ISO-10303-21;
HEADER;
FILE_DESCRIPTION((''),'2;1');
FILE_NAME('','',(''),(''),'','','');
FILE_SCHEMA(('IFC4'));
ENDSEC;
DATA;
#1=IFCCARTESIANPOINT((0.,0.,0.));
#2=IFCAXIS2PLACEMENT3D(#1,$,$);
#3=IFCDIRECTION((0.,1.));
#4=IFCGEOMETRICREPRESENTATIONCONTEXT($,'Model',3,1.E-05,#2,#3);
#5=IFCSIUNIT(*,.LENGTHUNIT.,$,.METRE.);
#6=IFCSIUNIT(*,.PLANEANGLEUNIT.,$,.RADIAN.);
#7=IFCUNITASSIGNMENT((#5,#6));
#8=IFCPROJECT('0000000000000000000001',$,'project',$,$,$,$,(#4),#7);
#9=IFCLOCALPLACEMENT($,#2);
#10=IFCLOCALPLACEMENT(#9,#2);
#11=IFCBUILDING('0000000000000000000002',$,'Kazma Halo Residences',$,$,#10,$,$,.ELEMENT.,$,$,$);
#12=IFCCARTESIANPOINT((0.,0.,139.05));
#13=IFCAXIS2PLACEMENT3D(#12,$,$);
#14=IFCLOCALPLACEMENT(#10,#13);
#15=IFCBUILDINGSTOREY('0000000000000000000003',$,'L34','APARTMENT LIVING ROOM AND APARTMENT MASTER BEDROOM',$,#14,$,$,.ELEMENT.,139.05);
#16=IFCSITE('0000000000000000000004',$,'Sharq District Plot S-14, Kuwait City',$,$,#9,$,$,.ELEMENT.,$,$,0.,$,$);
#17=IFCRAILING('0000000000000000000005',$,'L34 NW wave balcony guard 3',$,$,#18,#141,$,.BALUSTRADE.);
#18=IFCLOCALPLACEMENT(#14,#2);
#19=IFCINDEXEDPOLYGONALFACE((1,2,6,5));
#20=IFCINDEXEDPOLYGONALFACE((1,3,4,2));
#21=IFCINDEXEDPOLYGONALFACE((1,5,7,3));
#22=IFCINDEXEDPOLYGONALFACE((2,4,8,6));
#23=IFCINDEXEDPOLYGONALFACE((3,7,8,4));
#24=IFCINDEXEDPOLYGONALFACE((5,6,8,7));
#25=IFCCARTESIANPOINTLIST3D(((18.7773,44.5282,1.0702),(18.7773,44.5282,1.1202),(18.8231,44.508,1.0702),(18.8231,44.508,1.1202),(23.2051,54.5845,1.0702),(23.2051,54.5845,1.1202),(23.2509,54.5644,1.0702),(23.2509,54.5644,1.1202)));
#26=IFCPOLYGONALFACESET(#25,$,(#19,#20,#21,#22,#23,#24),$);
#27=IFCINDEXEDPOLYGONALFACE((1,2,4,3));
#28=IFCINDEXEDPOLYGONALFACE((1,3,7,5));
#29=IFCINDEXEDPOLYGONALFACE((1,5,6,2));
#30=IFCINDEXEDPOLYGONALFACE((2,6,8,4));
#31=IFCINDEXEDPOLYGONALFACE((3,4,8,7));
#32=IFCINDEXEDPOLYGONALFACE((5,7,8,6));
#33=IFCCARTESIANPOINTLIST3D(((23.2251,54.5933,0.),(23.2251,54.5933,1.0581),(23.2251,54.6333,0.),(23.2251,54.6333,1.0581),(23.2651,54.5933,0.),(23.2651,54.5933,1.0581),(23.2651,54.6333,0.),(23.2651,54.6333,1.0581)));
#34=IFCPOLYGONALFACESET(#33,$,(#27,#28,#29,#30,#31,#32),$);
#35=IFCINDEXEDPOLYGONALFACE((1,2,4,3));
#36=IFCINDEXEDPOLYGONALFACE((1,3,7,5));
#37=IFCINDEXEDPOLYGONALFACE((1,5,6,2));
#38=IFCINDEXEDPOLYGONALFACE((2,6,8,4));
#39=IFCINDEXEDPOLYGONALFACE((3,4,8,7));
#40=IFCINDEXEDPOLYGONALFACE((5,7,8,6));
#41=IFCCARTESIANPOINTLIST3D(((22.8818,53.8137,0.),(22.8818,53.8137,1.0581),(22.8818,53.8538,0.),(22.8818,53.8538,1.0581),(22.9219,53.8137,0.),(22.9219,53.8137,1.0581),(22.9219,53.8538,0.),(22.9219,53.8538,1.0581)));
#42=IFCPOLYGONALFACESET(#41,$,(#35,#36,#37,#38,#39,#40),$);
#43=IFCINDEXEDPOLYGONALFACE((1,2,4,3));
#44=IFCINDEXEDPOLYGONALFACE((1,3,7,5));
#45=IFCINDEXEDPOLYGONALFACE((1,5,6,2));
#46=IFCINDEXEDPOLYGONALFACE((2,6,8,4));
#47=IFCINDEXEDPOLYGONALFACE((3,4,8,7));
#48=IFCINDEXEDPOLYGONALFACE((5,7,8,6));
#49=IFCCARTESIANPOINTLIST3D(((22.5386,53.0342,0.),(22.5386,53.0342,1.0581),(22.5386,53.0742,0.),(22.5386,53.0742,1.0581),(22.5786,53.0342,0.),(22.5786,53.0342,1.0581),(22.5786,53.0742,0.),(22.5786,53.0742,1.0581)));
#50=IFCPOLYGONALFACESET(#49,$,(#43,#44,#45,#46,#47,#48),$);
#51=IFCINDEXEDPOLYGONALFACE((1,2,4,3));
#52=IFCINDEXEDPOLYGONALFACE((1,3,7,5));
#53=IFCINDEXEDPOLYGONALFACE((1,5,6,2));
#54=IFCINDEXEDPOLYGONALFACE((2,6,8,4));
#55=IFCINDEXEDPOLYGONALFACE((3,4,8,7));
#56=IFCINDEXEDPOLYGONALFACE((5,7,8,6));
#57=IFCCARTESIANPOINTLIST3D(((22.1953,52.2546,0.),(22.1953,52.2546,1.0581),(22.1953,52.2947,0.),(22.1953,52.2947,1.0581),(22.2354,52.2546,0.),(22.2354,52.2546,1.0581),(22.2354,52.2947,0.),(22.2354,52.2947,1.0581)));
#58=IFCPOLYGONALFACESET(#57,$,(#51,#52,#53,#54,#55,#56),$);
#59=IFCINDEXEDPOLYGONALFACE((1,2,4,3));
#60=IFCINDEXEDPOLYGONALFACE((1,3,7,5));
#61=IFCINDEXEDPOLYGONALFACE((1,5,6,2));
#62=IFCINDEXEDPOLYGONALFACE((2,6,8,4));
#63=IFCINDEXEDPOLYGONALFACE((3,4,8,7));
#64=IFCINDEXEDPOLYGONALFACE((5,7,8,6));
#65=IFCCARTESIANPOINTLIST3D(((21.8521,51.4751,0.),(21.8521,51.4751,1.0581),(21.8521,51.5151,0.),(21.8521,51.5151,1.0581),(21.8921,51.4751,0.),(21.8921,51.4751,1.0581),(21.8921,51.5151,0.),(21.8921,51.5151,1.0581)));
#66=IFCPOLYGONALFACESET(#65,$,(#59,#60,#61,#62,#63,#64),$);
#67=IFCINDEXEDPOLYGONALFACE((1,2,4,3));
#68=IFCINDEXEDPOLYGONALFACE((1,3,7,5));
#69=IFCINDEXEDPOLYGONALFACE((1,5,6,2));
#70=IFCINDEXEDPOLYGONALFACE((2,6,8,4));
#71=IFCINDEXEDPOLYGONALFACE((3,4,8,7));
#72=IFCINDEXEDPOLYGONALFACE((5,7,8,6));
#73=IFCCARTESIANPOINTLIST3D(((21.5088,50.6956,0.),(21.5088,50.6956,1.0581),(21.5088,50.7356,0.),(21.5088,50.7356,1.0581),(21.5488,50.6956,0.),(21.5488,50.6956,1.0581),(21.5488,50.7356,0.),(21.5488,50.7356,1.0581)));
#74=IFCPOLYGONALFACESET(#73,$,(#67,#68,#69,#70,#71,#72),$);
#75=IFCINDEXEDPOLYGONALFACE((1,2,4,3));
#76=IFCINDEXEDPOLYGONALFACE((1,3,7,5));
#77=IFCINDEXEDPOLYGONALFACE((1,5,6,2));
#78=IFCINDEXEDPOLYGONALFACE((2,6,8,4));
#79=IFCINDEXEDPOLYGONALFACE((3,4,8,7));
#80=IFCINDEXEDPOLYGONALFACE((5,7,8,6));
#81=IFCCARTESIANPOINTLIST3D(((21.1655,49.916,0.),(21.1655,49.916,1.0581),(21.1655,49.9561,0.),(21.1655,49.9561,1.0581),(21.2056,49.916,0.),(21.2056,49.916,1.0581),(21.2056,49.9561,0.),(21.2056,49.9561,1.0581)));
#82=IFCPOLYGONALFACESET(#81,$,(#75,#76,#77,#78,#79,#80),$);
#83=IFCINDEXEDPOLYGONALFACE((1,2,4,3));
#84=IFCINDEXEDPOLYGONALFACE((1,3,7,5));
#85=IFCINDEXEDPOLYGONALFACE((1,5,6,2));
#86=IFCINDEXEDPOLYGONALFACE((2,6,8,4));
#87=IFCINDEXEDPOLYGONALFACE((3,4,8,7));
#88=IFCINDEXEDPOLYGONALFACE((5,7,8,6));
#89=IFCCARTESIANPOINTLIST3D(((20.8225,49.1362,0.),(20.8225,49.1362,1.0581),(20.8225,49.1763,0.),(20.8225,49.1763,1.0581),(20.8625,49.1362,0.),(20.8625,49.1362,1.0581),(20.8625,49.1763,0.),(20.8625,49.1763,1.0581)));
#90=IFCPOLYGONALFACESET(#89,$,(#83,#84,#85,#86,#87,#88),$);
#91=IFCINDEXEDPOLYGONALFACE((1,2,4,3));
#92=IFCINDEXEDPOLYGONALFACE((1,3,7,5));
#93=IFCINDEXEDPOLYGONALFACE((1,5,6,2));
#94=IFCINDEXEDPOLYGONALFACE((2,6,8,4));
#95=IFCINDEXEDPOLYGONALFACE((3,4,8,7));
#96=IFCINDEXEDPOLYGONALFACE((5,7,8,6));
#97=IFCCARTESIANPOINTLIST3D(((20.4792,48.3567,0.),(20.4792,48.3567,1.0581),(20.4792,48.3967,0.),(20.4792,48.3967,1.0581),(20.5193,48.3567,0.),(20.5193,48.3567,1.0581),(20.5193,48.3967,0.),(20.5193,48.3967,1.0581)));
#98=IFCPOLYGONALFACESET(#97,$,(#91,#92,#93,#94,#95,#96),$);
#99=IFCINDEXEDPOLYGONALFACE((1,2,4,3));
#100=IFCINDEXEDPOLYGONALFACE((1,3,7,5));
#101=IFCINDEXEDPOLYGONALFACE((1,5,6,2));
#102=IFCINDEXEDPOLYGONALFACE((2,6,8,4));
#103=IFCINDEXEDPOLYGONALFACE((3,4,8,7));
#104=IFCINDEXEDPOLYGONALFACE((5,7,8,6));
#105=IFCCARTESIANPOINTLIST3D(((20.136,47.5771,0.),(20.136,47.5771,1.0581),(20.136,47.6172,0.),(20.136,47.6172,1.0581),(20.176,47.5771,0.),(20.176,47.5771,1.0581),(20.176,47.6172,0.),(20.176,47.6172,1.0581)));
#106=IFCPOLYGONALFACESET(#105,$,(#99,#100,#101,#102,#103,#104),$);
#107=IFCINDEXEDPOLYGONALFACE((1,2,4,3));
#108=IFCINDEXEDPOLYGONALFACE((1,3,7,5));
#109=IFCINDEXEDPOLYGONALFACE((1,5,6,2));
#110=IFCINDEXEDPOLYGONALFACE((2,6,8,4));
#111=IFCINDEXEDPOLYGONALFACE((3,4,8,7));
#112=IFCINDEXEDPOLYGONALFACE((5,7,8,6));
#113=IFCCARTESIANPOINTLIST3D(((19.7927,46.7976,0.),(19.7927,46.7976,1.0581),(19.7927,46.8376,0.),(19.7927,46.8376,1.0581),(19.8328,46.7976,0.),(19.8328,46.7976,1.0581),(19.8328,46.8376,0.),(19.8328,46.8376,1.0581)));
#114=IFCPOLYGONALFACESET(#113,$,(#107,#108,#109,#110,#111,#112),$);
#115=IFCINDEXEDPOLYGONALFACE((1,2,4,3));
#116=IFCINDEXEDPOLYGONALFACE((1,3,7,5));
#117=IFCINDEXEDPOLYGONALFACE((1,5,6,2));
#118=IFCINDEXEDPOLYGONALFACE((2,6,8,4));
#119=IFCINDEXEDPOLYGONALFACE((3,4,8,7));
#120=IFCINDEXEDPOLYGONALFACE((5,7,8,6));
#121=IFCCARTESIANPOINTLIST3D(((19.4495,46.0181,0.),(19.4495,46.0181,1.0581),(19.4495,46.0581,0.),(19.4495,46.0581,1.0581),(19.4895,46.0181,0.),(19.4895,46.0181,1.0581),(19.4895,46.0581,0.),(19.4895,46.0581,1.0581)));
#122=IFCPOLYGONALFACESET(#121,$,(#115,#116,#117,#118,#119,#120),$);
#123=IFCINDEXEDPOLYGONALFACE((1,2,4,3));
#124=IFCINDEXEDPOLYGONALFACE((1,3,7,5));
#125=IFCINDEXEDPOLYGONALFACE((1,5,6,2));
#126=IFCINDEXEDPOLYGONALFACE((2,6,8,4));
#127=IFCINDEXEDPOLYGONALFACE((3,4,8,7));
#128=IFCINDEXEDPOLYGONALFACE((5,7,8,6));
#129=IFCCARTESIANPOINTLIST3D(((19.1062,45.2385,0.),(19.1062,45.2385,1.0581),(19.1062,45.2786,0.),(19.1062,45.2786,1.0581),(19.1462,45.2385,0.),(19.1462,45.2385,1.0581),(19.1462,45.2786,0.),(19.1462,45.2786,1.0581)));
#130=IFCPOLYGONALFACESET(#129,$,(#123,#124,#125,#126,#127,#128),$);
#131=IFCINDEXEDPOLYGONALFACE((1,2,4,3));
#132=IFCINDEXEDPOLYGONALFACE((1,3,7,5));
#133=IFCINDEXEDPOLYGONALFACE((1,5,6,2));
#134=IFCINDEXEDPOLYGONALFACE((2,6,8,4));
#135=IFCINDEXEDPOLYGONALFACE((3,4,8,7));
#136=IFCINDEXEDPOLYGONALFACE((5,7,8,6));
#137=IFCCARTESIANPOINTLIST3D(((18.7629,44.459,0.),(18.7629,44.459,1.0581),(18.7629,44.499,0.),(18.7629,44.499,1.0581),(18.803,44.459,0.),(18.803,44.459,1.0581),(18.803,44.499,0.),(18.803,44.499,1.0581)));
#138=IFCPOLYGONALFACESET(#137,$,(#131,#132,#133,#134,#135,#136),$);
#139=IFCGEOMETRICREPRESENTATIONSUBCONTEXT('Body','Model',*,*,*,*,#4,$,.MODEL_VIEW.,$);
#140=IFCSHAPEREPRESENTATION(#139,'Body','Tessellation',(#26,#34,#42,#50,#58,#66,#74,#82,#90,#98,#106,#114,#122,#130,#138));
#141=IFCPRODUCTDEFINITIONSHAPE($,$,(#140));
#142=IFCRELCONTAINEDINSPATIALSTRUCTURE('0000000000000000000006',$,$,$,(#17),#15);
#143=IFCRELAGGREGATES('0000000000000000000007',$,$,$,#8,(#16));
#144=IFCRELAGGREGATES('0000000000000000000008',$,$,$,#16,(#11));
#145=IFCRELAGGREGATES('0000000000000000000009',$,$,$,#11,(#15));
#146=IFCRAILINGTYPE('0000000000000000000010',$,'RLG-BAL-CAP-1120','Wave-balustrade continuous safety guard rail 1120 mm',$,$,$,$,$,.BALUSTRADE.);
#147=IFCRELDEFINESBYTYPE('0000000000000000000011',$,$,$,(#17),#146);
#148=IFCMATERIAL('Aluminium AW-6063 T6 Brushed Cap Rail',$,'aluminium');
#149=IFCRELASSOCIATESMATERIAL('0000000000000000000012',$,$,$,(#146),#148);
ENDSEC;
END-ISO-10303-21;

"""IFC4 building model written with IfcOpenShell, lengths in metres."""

from ifc_helpers import new_model, si_unit, direction, frame, origin, origin_2d, place, context, subcontext, project, spatial, rectangle, extrude, material, type_object, element, save


model = new_model("IFC4")

# Units and contexts
model_context = context("Model", 3, precision=1e-05, world=origin(), true_north=direction((0.0, 1.0)))
body_context = subcontext(model_context, "Body", "Model", "MODEL_VIEW")
ifc_project = project(units=[si_unit("LENGTHUNIT", "METRE"), si_unit("PLANEANGLEUNIT", "RADIAN")], contexts=[model_context])

# Site, building, storey
site_placement = place(None, origin())
site = spatial("IfcSite", under=ifc_project, at=site_placement, Name="Sharq District Plot S-14, Kuwait City", CompositionType="ELEMENT", RefElevation=0.0)
building_placement = place(site_placement, origin())
building = spatial("IfcBuilding", under=site, at=building_placement, Name="Kazma Halo Residences", CompositionType="ELEMENT")
storey_placement = place(building_placement, frame((0.0, 0.0, 139.05)))
storey = spatial("IfcBuildingStorey", under=building, at=storey_placement, Name="L34", Description="APARTMENT LIVING ROOM AND APARTMENT MASTER BEDROOM", CompositionType="ELEMENT", Elevation=139.05)

# Railing
ifc_material_1 = material(Name="Aluminium AW-6063 T6 Brushed Cap Rail", Category="aluminium")
railing_type = type_object("IfcRailingType", Name="RLG-BAL-CAP-1120", Description="Wave-balustrade continuous safety guard rail 1120 mm", PredefinedType="BALUSTRADE", material=ifc_material_1)
railing_1_placement = place(storey_placement, frame((23.2451, 54.6133, 0.0)))
element("IfcRailing", 1, at=railing_1_placement, inside=storey, type_object=railing_type, Name="L34 NW wave balcony guard 3", PredefinedType="BALUSTRADE", context=body_context, shape_type="SweptSolid", body=[
    extrude(rectangle(XDim=0.05, YDim=0.05, at=origin_2d()), frame((-0.0171, -0.0388, 1.0952), z_axis=(-0.402971, -0.915213, 0.0), x_axis=(0.915213, -0.402971, 0.0)), (0.0, 0.0, 1.0), 10.988),
    extrude(rectangle(XDim=0.04, YDim=0.04, at=origin_2d()), origin(), (0.0, 0.0, 1.0), 1.0581),
    extrude(rectangle(XDim=0.04, YDim=0.04, at=origin_2d()), frame((-0.3433, -0.7795, 0.0)), (0.0, 0.0, 1.0), 1.0581),
    extrude(rectangle(XDim=0.04, YDim=0.04, at=origin_2d()), frame((-0.6865, -1.5591, 0.0)), (0.0, 0.0, 1.0), 1.0581),
    extrude(rectangle(XDim=0.04, YDim=0.04, at=origin_2d()), frame((-1.0298, -2.3386, 0.0)), (0.0, 0.0, 1.0), 1.0581),
    extrude(rectangle(XDim=0.04, YDim=0.04, at=origin_2d()), frame((-1.373, -3.1182, 0.0)), (0.0, 0.0, 1.0), 1.0581),
    extrude(rectangle(XDim=0.04, YDim=0.04, at=origin_2d()), frame((-1.7163, -3.8977, 0.0)), (0.0, 0.0, 1.0), 1.0581),
    extrude(rectangle(XDim=0.04, YDim=0.04, at=origin_2d()), frame((-2.0596, -4.6772, 0.0)), (0.0, 0.0, 1.0), 1.0581),
    extrude(rectangle(XDim=0.04, YDim=0.04, at=origin_2d()), frame((-2.4026, -5.457, 0.0)), (0.0, 0.0, 1.0), 1.0581),
    extrude(rectangle(XDim=0.04, YDim=0.04, at=origin_2d()), frame((-2.7458, -6.2366, 0.0)), (0.0, 0.0, 1.0), 1.0581),
    extrude(rectangle(XDim=0.04, YDim=0.04, at=origin_2d()), frame((-3.0891, -7.0161, 0.0)), (0.0, 0.0, 1.0), 1.0581),
    extrude(rectangle(XDim=0.04, YDim=0.04, at=origin_2d()), frame((-3.4324, -7.7957, 0.0)), (0.0, 0.0, 1.0), 1.0581),
    extrude(rectangle(XDim=0.04, YDim=0.04, at=origin_2d()), frame((-3.7756, -8.5752, 0.0)), (0.0, 0.0, 1.0), 1.0581),
    extrude(rectangle(XDim=0.04, YDim=0.04, at=origin_2d()), frame((-4.1189, -9.3547, 0.0)), (0.0, 0.0, 1.0), 1.0581),
    extrude(rectangle(XDim=0.04, YDim=0.04, at=origin_2d()), frame((-4.4622, -10.1343, 0.0)), (0.0, 0.0, 1.0), 1.0581),
])

save(model, "model.ifc")
